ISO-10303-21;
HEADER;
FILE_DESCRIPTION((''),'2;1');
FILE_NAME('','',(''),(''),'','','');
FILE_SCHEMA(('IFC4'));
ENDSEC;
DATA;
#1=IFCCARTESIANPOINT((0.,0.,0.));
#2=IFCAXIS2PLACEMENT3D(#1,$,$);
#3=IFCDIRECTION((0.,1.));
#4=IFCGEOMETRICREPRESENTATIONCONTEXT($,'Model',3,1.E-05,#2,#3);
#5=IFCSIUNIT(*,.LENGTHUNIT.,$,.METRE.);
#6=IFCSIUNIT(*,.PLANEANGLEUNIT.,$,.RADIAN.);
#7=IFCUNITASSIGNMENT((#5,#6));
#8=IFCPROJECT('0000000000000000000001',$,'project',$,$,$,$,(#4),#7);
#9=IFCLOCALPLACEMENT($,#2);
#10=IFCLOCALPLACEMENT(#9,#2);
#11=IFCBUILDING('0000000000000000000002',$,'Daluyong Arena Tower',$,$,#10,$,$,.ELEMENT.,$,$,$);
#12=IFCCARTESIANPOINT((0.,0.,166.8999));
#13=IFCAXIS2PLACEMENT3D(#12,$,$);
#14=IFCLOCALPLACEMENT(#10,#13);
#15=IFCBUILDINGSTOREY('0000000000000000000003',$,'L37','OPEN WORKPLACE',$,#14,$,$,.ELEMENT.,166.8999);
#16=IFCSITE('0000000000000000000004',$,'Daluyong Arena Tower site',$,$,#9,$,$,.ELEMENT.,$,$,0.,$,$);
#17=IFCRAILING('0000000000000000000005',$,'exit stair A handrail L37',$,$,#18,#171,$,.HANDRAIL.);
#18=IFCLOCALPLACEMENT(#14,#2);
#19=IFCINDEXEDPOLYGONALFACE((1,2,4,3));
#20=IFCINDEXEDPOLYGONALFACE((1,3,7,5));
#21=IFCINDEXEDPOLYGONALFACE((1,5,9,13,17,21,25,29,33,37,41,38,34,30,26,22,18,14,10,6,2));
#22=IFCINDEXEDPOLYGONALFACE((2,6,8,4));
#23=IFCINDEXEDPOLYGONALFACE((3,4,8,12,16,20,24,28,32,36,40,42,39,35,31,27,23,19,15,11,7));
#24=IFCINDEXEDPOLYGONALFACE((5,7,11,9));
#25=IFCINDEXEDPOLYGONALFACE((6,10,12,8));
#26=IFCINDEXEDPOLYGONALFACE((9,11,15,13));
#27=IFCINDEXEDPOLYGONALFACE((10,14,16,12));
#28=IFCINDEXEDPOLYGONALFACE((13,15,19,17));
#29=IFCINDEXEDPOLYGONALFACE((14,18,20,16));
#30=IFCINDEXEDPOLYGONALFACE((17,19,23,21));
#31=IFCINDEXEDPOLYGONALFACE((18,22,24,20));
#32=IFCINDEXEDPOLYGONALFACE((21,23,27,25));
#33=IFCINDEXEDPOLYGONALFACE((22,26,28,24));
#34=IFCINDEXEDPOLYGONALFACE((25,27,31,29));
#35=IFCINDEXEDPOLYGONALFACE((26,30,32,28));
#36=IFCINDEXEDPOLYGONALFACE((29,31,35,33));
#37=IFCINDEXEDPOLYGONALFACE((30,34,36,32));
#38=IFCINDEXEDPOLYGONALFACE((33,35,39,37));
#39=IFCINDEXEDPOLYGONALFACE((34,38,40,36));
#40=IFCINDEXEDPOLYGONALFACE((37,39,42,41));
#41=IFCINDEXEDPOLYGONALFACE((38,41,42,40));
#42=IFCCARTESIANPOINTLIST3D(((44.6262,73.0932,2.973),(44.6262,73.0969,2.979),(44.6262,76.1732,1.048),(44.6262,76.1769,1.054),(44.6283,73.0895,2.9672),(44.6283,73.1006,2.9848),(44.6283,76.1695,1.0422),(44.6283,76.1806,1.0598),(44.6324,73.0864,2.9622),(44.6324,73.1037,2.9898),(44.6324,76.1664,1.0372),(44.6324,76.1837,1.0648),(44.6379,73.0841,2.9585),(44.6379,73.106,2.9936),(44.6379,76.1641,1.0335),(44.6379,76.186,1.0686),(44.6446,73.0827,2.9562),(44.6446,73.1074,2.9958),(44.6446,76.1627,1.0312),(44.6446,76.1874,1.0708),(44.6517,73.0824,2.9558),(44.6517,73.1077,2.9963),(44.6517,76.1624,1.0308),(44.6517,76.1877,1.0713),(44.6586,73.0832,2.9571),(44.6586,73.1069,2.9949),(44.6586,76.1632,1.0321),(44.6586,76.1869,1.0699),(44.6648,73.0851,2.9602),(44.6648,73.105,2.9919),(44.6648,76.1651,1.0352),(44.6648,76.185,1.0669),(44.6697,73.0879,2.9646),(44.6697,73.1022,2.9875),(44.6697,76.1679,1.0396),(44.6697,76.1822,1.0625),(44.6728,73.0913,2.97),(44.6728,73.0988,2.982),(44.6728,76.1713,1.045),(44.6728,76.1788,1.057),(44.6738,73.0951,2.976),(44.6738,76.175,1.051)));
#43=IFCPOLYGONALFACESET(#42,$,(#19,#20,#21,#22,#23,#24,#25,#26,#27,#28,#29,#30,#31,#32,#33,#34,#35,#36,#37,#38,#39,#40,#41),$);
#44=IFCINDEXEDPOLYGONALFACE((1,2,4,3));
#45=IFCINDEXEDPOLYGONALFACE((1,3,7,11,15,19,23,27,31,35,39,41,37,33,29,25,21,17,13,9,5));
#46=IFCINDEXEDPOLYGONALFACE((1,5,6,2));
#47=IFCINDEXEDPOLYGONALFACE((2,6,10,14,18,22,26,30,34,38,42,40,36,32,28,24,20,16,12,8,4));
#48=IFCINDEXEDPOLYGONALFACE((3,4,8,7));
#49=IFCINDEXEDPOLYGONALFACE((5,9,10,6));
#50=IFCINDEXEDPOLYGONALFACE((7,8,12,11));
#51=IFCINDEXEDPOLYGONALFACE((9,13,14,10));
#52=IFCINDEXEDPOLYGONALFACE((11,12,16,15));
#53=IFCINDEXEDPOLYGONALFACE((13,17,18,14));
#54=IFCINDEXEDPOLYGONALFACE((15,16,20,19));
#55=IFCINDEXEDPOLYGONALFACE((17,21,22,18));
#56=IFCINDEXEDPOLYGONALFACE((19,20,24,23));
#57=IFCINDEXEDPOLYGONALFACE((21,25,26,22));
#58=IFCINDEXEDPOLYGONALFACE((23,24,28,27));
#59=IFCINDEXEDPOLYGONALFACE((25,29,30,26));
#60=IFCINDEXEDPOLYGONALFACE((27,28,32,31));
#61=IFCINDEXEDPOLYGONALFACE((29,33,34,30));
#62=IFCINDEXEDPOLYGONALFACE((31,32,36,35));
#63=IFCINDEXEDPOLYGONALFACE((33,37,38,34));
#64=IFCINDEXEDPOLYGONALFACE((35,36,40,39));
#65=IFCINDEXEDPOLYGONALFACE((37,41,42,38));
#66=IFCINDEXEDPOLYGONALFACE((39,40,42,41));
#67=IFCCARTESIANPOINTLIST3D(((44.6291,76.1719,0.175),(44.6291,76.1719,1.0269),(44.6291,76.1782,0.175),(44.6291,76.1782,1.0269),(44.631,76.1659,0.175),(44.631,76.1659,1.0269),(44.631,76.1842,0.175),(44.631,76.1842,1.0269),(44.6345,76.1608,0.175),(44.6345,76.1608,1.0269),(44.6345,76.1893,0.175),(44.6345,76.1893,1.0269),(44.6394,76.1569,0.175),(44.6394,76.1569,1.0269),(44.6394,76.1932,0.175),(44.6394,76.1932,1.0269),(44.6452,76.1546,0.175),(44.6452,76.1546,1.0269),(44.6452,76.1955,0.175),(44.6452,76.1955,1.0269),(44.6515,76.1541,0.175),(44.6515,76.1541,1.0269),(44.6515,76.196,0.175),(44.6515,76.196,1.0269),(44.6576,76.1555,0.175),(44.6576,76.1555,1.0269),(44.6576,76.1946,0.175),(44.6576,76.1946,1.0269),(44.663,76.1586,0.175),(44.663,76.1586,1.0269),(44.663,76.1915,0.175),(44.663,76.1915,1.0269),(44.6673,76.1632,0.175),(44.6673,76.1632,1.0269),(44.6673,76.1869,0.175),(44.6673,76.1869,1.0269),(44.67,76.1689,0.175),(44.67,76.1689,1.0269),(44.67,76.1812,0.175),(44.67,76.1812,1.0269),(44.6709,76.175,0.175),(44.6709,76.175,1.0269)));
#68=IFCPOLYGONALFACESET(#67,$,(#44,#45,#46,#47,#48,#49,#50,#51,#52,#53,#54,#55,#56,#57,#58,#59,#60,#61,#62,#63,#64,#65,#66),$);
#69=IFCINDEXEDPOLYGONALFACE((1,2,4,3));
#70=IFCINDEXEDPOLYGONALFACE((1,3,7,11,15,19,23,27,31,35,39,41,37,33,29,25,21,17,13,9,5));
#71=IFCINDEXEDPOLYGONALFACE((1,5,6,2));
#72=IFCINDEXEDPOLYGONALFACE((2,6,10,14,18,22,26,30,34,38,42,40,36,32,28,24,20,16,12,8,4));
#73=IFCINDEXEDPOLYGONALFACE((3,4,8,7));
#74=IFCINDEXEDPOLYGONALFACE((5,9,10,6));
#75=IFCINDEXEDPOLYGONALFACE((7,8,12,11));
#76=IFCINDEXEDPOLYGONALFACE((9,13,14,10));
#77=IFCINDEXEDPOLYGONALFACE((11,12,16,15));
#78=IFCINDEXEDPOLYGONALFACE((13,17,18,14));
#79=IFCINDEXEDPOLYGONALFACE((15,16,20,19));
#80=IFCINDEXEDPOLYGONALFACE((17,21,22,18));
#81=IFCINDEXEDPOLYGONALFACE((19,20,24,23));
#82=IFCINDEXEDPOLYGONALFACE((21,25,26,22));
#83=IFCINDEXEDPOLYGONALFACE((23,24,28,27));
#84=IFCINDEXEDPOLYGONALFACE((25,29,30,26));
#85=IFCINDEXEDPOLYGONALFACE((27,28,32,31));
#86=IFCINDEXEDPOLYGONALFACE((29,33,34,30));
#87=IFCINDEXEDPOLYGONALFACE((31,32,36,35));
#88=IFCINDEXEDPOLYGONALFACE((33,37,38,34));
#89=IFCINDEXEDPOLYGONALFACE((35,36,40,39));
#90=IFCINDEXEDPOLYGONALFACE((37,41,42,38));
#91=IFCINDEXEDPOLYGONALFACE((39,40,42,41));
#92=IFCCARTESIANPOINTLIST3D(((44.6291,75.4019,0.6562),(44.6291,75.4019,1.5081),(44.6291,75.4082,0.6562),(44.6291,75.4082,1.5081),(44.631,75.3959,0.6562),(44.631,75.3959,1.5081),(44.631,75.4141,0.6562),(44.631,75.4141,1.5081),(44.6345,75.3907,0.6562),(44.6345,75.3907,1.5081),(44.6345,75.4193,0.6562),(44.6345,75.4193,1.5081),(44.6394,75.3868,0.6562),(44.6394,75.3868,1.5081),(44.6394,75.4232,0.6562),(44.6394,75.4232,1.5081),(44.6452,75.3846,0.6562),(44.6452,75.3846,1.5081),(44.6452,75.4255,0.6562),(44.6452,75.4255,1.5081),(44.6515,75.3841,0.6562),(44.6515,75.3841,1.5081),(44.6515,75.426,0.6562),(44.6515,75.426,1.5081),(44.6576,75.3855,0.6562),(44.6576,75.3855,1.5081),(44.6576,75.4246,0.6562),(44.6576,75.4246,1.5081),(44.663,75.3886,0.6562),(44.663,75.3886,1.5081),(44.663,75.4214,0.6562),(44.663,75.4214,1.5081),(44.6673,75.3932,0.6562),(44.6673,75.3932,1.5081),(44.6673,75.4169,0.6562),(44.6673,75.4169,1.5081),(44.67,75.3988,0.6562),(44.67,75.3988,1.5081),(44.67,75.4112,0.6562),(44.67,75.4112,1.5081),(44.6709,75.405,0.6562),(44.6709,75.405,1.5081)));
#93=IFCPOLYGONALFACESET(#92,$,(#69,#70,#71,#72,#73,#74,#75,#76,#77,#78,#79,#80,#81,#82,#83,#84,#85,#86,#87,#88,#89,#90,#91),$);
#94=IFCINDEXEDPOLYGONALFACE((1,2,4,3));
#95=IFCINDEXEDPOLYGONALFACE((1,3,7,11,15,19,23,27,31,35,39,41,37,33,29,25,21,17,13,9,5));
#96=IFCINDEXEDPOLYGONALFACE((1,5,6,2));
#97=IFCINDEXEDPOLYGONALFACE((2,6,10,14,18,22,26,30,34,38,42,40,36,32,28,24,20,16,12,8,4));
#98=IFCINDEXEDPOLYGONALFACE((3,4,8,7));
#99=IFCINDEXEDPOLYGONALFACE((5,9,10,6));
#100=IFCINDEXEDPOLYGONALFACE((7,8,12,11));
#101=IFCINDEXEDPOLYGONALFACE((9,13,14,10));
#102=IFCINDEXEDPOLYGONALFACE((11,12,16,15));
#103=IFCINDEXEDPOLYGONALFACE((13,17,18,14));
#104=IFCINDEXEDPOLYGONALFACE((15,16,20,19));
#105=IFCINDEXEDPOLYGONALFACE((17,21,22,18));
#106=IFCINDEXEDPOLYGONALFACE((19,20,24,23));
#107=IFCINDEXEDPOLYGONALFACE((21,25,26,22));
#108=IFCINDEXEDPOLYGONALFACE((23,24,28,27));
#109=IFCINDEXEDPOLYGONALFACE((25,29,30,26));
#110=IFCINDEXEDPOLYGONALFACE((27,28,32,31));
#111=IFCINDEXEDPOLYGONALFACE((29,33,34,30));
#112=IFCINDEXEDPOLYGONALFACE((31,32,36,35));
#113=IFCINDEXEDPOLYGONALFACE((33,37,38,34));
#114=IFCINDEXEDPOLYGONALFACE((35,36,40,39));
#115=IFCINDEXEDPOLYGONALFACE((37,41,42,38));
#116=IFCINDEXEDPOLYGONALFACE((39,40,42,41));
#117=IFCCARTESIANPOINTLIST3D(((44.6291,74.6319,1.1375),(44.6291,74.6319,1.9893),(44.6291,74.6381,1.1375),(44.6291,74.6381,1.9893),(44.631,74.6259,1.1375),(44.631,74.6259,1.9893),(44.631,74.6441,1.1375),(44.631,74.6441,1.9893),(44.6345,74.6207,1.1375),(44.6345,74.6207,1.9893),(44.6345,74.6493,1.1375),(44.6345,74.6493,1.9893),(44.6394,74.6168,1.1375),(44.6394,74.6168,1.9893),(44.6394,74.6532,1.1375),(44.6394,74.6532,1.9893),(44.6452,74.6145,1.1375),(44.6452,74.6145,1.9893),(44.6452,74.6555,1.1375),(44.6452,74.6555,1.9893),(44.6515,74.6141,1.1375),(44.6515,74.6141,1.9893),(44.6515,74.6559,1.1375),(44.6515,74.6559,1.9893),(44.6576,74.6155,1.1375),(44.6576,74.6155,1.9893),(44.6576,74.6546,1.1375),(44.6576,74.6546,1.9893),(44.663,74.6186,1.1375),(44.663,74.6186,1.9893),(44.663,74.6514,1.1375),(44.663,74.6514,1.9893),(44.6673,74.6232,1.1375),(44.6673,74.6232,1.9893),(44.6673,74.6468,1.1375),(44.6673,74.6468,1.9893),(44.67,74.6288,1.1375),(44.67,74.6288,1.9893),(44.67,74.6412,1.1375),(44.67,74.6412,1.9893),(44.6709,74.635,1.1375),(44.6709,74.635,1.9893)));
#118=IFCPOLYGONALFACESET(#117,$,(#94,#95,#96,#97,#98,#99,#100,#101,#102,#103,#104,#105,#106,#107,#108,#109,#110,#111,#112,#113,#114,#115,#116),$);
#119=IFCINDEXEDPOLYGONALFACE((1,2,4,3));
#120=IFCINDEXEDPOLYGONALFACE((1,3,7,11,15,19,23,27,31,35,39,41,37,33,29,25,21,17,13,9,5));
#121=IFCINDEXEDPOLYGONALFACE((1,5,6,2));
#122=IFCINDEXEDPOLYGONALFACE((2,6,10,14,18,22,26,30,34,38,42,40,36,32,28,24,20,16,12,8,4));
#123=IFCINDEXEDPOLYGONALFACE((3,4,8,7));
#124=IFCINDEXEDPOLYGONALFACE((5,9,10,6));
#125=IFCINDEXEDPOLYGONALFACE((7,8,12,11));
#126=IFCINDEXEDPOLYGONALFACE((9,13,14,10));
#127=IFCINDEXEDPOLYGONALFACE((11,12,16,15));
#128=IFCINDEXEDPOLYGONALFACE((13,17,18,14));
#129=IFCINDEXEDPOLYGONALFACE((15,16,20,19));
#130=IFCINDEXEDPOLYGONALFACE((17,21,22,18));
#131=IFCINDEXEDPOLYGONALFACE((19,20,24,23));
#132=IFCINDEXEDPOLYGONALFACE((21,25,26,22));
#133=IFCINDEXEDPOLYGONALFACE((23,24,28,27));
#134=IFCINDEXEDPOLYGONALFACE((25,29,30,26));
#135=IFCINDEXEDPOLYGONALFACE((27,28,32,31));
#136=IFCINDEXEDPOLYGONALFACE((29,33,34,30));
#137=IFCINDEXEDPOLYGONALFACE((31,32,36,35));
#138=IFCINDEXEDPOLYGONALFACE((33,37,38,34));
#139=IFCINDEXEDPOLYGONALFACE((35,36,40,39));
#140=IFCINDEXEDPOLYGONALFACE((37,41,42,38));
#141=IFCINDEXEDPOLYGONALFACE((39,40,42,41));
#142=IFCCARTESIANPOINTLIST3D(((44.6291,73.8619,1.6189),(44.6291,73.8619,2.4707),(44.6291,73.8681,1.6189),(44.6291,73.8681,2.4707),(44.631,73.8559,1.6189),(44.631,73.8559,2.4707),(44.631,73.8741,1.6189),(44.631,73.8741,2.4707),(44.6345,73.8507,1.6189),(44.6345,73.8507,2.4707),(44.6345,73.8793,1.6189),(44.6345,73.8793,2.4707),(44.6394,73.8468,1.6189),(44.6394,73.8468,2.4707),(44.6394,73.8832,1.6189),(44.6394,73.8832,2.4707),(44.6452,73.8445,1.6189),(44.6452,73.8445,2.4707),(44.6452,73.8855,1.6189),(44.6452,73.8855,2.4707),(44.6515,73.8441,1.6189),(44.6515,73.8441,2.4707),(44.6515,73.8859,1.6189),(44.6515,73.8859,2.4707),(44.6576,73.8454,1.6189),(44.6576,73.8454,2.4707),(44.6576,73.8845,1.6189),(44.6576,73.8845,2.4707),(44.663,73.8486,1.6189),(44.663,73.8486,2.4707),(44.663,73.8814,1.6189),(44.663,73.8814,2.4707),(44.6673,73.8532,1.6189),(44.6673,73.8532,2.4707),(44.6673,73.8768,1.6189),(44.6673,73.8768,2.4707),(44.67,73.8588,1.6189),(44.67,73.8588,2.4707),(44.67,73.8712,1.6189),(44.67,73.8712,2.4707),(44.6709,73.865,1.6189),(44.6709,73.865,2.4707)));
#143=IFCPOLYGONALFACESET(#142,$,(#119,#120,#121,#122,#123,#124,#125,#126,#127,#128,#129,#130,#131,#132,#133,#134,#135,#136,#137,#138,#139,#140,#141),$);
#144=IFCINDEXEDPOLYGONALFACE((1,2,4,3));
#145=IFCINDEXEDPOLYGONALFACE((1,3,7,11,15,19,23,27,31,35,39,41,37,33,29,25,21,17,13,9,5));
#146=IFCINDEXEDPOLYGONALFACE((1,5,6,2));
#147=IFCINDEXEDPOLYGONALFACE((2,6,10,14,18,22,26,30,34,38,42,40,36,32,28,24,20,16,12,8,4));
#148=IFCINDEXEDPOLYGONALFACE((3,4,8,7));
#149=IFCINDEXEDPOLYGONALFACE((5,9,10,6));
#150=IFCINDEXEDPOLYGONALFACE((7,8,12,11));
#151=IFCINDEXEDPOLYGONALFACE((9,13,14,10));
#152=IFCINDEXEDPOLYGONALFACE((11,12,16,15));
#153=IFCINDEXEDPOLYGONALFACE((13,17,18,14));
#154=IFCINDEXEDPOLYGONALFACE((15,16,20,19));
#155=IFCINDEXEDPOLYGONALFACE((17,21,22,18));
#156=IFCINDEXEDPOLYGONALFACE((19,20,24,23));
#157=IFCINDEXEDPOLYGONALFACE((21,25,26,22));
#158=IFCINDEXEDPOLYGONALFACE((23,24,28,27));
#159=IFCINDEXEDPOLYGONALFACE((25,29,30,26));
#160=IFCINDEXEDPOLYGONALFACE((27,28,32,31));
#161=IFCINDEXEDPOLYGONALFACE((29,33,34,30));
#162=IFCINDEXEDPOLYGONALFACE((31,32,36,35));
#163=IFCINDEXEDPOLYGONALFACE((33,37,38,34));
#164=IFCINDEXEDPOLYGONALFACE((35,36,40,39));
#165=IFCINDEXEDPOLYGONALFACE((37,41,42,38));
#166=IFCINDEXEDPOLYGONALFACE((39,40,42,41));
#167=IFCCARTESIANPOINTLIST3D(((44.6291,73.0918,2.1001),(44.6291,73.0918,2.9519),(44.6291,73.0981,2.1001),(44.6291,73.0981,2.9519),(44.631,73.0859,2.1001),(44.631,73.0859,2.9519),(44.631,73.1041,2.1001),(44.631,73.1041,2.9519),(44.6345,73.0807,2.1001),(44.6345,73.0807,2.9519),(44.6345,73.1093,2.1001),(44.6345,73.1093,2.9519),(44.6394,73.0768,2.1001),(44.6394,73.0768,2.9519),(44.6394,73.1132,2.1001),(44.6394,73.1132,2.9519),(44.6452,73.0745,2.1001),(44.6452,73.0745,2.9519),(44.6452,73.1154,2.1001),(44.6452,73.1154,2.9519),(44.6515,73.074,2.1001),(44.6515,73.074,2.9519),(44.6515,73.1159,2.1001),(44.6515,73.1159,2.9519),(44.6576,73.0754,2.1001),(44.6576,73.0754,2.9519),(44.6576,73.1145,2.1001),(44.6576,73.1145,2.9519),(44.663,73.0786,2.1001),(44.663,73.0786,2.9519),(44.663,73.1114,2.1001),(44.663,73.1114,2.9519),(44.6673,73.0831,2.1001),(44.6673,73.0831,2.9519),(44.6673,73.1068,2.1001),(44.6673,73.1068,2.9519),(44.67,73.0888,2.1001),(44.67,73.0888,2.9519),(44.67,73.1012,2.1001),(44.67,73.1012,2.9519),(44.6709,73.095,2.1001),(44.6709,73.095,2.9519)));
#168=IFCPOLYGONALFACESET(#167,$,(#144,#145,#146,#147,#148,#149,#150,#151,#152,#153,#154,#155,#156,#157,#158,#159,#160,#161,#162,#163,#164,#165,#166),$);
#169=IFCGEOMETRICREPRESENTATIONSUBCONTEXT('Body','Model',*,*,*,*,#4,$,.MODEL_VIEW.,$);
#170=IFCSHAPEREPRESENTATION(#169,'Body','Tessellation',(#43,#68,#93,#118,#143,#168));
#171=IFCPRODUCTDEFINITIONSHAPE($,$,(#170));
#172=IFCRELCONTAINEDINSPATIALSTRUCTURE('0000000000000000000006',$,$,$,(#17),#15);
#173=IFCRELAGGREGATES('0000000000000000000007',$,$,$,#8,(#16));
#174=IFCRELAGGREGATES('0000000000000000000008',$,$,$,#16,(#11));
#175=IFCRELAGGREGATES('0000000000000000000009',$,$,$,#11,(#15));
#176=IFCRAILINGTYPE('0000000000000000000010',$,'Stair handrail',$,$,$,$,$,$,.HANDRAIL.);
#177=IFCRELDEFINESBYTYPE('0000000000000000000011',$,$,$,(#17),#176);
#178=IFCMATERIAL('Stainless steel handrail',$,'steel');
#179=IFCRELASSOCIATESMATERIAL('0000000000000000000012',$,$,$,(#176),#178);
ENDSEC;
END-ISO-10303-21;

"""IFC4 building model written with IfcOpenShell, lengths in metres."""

from ifc_helpers import new_model, si_unit, direction, frame, origin, origin_2d, place, context, subcontext, project, spatial, circle, extrude, material, type_object, element, save


model = new_model("IFC4")

# Units and contexts
model_context = context("Model", 3, precision=1e-05, world=origin(), true_north=direction((0.0, 1.0)))
body_context = subcontext(model_context, "Body", "Model", "MODEL_VIEW")
ifc_project = project(units=[si_unit("LENGTHUNIT", "METRE"), si_unit("PLANEANGLEUNIT", "RADIAN")], contexts=[model_context])

# Site, building, storey
site_placement = place(None, origin())
site = spatial("IfcSite", under=ifc_project, at=site_placement, Name="Daluyong Arena Tower site", CompositionType="ELEMENT", RefElevation=0.0)
building_placement = place(site_placement, origin())
building = spatial("IfcBuilding", under=site, at=building_placement, Name="Daluyong Arena Tower", CompositionType="ELEMENT")
storey_placement = place(building_placement, frame((0.0, 0.0, 166.8999)))
storey = spatial("IfcBuildingStorey", under=building, at=storey_placement, Name="L37", Description="OPEN WORKPLACE", CompositionType="ELEMENT", Elevation=166.8999)

# Railing
ifc_material_1 = material(Name="Stainless steel handrail", Category="steel")
railing_type_1 = type_object("IfcRailingType", Name="Stair handrail", PredefinedType="HANDRAIL", material=ifc_material_1)
railing_1_placement = place(storey_placement, frame((44.6499, 76.175, 0.175)))
element("IfcRailing", 1, at=railing_1_placement, inside=storey, type_object=railing_type_1, Name="exit stair A handrail L37", PredefinedType="HANDRAIL", context=body_context, shape_type="SweptSolid", body=[
    extrude(circle(Radius=0.0239, at=origin_2d()), frame((0.0, 0.0, 0.876), z_axis=(0.0, -0.847998, 0.529999), x_axis=(1.0, 0.0, 0.0)), (0.0, 0.0, 1.0), 3.6321),
    extrude(circle(Radius=0.021, at=origin_2d()), origin(), (0.0, 0.0, 1.0), 0.8518),
    extrude(circle(Radius=0.021, at=origin_2d()), frame((0.0, -0.77, 0.4812)), (0.0, 0.0, 1.0), 0.8518),
    extrude(circle(Radius=0.021, at=origin_2d()), frame((0.0, -1.54, 0.9624)), (0.0, 0.0, 1.0), 0.8518),
    extrude(circle(Radius=0.021, at=origin_2d()), frame((0.0, -2.3101, 1.4438)), (0.0, 0.0, 1.0), 0.8518),
    extrude(circle(Radius=0.021, at=origin_2d()), frame((0.0, -3.0801, 1.925)), (0.0, 0.0, 1.0), 0.8518),
])

save(model, "model.ifc")
